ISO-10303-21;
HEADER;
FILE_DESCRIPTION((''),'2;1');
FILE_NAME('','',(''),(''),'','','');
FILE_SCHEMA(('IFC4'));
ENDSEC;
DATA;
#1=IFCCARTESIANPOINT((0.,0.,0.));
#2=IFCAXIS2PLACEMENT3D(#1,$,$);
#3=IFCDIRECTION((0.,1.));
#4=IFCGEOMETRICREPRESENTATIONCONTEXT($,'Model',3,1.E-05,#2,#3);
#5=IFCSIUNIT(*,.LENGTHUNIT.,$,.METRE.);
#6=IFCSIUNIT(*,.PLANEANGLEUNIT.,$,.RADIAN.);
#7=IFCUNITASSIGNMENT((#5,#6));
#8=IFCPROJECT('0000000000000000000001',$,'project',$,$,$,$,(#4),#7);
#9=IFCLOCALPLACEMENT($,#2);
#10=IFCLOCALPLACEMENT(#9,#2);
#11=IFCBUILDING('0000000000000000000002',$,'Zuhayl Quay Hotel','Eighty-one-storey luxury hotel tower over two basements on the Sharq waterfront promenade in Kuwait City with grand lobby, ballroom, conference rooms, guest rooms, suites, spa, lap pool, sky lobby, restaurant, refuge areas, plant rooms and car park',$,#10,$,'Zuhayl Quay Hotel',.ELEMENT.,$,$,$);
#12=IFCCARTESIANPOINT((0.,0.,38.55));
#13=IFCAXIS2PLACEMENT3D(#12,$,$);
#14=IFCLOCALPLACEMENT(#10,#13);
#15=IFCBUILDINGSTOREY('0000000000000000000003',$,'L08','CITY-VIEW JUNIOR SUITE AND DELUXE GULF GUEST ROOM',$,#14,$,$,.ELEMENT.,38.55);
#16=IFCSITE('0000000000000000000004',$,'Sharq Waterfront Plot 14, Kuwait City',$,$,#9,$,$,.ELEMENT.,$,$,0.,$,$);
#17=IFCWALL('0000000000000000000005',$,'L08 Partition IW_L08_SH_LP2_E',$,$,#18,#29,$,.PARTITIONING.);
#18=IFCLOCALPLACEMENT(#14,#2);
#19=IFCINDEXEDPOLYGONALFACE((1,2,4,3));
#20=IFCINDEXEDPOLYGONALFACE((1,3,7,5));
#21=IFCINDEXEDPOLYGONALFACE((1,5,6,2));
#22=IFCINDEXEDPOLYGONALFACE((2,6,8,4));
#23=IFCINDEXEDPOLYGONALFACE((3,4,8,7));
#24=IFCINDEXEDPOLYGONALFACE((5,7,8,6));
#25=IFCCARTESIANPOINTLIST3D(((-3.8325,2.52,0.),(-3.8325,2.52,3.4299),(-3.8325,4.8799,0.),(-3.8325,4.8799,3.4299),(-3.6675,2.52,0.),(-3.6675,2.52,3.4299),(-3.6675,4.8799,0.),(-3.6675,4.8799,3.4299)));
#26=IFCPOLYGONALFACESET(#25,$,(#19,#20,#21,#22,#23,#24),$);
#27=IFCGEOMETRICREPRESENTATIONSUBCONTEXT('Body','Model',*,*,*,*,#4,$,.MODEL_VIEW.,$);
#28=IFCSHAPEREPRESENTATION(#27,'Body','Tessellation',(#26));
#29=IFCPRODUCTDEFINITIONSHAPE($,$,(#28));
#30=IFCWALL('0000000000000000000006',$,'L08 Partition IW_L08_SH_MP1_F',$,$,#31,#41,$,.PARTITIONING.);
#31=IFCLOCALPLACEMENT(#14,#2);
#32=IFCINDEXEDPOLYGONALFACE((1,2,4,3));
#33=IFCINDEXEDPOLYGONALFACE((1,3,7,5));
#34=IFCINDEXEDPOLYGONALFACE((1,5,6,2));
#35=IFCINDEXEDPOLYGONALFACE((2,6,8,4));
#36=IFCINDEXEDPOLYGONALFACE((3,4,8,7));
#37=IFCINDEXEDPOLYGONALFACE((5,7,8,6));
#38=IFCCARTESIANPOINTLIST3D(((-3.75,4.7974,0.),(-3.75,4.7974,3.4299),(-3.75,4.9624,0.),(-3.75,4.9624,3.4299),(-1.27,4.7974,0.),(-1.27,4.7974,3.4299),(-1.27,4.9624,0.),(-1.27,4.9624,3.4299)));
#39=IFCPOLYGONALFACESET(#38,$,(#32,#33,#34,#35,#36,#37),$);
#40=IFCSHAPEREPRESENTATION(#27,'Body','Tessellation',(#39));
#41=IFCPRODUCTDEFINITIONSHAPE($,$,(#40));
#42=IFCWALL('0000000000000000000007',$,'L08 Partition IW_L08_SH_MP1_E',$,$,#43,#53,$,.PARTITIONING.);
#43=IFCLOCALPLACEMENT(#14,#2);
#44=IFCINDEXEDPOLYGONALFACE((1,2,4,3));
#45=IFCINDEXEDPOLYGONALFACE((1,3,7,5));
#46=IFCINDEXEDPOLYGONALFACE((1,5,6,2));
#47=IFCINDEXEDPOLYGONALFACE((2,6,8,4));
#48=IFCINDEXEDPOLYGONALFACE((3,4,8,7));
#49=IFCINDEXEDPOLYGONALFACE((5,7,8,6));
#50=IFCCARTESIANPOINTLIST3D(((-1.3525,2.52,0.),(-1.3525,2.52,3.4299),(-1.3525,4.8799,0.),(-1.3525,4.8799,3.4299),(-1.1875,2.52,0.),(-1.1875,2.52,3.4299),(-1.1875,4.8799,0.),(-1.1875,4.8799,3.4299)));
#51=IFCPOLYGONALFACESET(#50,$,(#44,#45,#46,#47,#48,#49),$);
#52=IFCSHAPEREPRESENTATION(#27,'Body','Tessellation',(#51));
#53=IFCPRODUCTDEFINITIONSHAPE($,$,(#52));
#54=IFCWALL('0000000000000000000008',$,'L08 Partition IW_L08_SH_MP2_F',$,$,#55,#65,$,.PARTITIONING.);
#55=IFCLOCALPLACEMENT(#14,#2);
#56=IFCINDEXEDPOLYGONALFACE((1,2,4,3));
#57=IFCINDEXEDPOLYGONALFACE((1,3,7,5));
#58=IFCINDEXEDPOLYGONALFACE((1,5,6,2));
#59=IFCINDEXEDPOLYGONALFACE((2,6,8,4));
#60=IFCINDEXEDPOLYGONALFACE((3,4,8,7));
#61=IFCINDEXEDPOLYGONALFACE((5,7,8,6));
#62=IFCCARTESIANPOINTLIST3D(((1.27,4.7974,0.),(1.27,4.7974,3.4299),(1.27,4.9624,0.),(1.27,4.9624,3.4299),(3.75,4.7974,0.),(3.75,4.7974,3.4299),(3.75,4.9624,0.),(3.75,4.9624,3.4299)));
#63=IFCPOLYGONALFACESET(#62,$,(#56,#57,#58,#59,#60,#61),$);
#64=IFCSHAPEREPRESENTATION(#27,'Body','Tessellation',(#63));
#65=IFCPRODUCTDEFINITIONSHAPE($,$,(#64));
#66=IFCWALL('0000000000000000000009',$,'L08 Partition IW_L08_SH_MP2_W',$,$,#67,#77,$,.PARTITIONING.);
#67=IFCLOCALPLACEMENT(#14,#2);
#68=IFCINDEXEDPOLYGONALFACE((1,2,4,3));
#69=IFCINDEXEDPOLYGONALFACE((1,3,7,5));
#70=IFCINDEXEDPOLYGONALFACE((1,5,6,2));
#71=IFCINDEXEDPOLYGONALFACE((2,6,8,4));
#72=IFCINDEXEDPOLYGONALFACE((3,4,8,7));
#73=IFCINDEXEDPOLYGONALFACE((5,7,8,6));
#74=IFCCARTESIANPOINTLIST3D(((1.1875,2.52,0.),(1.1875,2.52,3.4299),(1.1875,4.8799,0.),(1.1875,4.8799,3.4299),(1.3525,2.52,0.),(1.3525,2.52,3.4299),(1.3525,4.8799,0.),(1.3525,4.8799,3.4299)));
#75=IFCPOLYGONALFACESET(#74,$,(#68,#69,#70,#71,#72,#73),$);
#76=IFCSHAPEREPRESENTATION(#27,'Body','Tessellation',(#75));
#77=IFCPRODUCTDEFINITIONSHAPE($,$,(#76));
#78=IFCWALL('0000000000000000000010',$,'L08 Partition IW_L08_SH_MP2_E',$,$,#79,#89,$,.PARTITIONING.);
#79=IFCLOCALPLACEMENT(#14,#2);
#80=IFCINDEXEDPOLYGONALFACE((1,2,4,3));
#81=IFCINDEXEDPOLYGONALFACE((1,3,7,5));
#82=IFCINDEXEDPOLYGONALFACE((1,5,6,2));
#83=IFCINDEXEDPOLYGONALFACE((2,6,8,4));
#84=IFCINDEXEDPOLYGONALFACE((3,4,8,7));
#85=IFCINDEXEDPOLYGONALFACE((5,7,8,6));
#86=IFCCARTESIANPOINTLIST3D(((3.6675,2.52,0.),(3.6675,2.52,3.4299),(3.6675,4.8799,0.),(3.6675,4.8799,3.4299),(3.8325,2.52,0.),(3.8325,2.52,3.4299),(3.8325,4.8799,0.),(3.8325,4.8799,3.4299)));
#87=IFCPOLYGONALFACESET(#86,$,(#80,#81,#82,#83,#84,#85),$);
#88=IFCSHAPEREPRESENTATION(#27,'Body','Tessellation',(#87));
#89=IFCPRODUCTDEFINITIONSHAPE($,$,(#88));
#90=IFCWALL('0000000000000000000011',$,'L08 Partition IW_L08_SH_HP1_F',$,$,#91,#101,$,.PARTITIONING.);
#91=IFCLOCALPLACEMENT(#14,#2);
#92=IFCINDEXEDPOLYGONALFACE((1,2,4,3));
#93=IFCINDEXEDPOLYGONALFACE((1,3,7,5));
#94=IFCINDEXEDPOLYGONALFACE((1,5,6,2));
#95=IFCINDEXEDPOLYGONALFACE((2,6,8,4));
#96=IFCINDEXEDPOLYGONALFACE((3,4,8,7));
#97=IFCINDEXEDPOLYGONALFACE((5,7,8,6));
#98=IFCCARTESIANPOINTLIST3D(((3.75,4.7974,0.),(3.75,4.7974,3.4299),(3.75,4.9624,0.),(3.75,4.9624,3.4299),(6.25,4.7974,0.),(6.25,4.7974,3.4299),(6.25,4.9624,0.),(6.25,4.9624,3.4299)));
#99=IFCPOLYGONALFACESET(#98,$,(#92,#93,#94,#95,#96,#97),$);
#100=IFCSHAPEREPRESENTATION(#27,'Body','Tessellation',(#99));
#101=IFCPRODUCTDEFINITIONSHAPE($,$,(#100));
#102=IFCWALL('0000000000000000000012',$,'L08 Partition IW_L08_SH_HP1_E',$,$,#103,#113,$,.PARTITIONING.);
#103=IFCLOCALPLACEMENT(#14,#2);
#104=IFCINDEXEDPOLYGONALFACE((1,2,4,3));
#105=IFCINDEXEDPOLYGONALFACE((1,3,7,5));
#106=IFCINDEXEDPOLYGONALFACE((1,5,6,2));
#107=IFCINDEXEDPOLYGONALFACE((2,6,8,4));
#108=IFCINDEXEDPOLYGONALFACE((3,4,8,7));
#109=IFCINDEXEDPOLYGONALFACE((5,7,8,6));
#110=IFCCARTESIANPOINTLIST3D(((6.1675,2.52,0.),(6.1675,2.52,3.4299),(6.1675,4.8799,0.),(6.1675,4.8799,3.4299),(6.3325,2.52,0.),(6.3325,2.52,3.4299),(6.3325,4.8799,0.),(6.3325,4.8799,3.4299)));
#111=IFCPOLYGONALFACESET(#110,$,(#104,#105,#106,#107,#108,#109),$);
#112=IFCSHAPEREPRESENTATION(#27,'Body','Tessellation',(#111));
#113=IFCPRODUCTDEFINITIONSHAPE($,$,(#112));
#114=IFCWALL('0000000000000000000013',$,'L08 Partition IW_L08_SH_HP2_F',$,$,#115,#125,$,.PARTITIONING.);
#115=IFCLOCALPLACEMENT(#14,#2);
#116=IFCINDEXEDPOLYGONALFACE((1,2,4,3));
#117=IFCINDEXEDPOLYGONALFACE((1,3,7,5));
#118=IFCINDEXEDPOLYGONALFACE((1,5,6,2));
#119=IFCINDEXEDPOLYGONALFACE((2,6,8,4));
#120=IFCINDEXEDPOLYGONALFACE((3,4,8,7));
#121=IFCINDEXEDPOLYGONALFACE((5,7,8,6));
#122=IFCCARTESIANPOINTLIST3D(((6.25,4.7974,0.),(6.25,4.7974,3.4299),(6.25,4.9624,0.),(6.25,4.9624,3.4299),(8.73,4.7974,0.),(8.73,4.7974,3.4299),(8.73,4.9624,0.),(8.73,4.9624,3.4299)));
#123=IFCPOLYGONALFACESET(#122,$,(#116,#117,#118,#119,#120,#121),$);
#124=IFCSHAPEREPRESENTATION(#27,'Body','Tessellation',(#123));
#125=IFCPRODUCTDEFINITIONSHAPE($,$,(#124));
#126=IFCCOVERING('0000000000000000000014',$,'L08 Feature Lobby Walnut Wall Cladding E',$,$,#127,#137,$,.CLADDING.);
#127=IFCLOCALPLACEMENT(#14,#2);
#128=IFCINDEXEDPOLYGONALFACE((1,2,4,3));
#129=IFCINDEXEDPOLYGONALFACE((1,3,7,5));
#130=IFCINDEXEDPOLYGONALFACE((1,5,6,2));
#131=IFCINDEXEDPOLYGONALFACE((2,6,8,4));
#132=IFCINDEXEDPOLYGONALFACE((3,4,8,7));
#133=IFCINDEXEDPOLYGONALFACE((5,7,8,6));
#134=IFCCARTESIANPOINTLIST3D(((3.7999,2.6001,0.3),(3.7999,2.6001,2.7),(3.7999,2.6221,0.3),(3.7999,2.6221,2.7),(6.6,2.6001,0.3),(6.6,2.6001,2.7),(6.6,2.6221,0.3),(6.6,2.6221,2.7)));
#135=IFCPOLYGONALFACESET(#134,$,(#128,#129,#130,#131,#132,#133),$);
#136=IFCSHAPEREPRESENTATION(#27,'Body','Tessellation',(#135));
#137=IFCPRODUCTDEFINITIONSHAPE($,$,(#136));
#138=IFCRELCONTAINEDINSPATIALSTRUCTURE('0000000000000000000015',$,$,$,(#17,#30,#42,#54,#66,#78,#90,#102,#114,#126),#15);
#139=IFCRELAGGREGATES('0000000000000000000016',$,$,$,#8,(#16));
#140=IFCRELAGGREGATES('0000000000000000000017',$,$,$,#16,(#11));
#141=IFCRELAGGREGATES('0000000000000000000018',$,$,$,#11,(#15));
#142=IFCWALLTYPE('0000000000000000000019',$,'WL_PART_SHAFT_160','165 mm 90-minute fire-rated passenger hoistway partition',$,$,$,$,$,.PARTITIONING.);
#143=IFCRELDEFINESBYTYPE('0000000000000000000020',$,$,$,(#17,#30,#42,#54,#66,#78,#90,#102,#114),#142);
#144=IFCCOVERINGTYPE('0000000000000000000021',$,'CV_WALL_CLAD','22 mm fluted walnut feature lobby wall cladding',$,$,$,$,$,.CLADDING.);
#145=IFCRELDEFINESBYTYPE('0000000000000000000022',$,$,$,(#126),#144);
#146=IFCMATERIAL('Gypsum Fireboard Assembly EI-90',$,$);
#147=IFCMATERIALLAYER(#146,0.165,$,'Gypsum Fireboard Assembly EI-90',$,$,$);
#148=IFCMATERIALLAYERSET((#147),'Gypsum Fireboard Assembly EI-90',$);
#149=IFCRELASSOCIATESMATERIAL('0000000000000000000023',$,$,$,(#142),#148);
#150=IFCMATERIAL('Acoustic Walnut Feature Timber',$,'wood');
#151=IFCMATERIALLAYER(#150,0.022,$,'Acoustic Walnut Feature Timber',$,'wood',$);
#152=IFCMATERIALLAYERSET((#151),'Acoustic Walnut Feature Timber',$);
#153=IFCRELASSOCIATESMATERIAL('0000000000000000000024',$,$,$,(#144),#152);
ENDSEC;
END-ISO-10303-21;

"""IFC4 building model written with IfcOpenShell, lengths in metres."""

from ifc_helpers import new_model, si_unit, direction, frame, frame_2d, origin, origin_2d, place, context, subcontext, project, spatial, rectangle, extrude, material, layer, layer_set, type_object, element, save


model = new_model("IFC4")

# Units and contexts
model_context = context("Model", 3, precision=1e-05, world=origin(), true_north=direction((0.0, 1.0)))
body_context = subcontext(model_context, "Body", "Model", "MODEL_VIEW")
ifc_project = project(units=[si_unit("LENGTHUNIT", "METRE"), si_unit("PLANEANGLEUNIT", "RADIAN")], contexts=[model_context])

# Site, building, storey
site_placement = place(None, origin())
site = spatial("IfcSite", under=ifc_project, at=site_placement, Name="Sharq Waterfront Plot 14, Kuwait City", CompositionType="ELEMENT", RefElevation=0.0)
building_placement = place(site_placement, origin())
building = spatial("IfcBuilding", under=site, at=building_placement, Name="Zuhayl Quay Hotel", Description="Eighty-one-storey luxury hotel tower over two basements on the Sharq waterfront promenade in Kuwait City with grand lobby, ballroom, conference rooms, guest rooms, suites, spa, lap pool, sky lobby, restaurant, refuge areas, plant rooms and car park", LongName="Zuhayl Quay Hotel", CompositionType="ELEMENT")
storey_placement = place(building_placement, frame((0.0, 0.0, 38.55)))
storey = spatial("IfcBuildingStorey", under=building, at=storey_placement, Name="L08", Description="CITY-VIEW JUNIOR SUITE AND DELUXE GULF GUEST ROOM", CompositionType="ELEMENT", Elevation=38.55)

# Walls
ifc_material_1 = material(Name="Gypsum Fireboard Assembly EI-90")
ifc_layer_1 = layer(ifc_material_1, 0.165, Name="Gypsum Fireboard Assembly EI-90")
ifc_layer_set_1 = layer_set([ifc_layer_1], Name="Gypsum Fireboard Assembly EI-90")
wall_type_1 = type_object("IfcWallType", Name="WL_PART_SHAFT_160", Description="165 mm 90-minute fire-rated passenger hoistway partition", PredefinedType="PARTITIONING", material=ifc_layer_set_1)
wall_1_placement = place(storey_placement, frame((-3.75, 2.52, 0.0), z_axis=(0.0, 0.0, 1.0), x_axis=(0.0, 1.0, 0.0)))
element("IfcWall", 1, at=wall_1_placement, inside=storey, type_object=wall_type_1, Name="L08 Partition IW_L08_SH_LP2_E", PredefinedType="PARTITIONING", context=body_context, shape_type="SweptSolid", body=[
    extrude(rectangle(XDim=2.3599, YDim=0.165, at=frame_2d((1.1799, 0.0))), origin(), (0.0, 0.0, 1.0), 3.4299),
])
wall_2_placement = place(storey_placement, frame((-3.75, 4.8799, 0.0), z_axis=(0.0, 0.0, 1.0), x_axis=(1.0, 0.0, 0.0)))
element("IfcWall", 2, at=wall_2_placement, inside=storey, type_object=wall_type_1, Name="L08 Partition IW_L08_SH_MP1_F", PredefinedType="PARTITIONING", context=body_context, shape_type="SweptSolid", body=[
    extrude(rectangle(XDim=2.48, YDim=0.165, at=frame_2d((1.24, 0.0))), origin(), (0.0, 0.0, 1.0), 3.4299),
])
wall_3_placement = place(storey_placement, frame((-1.27, 2.52, 0.0), z_axis=(0.0, 0.0, 1.0), x_axis=(0.0, 1.0, 0.0)))
element("IfcWall", 3, at=wall_3_placement, inside=storey, type_object=wall_type_1, Name="L08 Partition IW_L08_SH_MP1_E", PredefinedType="PARTITIONING", context=body_context, shape_type="SweptSolid", body=[
    extrude(rectangle(XDim=2.3599, YDim=0.165, at=frame_2d((1.1799, 0.0))), origin(), (0.0, 0.0, 1.0), 3.4299),
])
wall_4_placement = place(storey_placement, frame((1.27, 4.8799, 0.0), z_axis=(0.0, 0.0, 1.0), x_axis=(1.0, 0.0, 0.0)))
element("IfcWall", 4, at=wall_4_placement, inside=storey, type_object=wall_type_1, Name="L08 Partition IW_L08_SH_MP2_F", PredefinedType="PARTITIONING", context=body_context, shape_type="SweptSolid", body=[
    extrude(rectangle(XDim=2.48, YDim=0.165, at=frame_2d((1.24, 0.0))), origin(), (0.0, 0.0, 1.0), 3.4299),
])
for number, where, z_axis, x_axis, name in (
    (5, (1.27, 2.52, 0.0), (0.0, 0.0, 1.0), (0.0, 1.0, 0.0), "L08 Partition IW_L08_SH_MP2_W"),
    (6, (3.75, 2.52, 0.0), (0.0, 0.0, 1.0), (0.0, 1.0, 0.0), "L08 Partition IW_L08_SH_MP2_E"),
):
    element("IfcWall", number, at=place(storey_placement, frame(where, z_axis=z_axis, x_axis=x_axis)), inside=storey, type_object=wall_type_1, Name=name, PredefinedType="PARTITIONING", context=body_context, shape_type="SweptSolid", body=[
        extrude(rectangle(XDim=2.3599, YDim=0.165, at=frame_2d((1.1799, 0.0))), origin(), (0.0, 0.0, 1.0), 3.4299),
    ])
wall_5_placement = place(storey_placement, frame((3.75, 4.8799, 0.0), z_axis=(0.0, 0.0, 1.0), x_axis=(1.0, 0.0, 0.0)))
element("IfcWall", 7, at=wall_5_placement, inside=storey, type_object=wall_type_1, Name="L08 Partition IW_L08_SH_HP1_F", PredefinedType="PARTITIONING", context=body_context, shape_type="SweptSolid", body=[
    extrude(rectangle(XDim=2.5, YDim=0.165, at=frame_2d((1.25, 0.0))), origin(), (0.0, 0.0, 1.0), 3.4299),
])
wall_6_placement = place(storey_placement, frame((6.25, 2.52, 0.0), z_axis=(0.0, 0.0, 1.0), x_axis=(0.0, 1.0, 0.0)))
element("IfcWall", 8, at=wall_6_placement, inside=storey, type_object=wall_type_1, Name="L08 Partition IW_L08_SH_HP1_E", PredefinedType="PARTITIONING", context=body_context, shape_type="SweptSolid", body=[
    extrude(rectangle(XDim=2.3599, YDim=0.165, at=frame_2d((1.1799, 0.0))), origin(), (0.0, 0.0, 1.0), 3.4299),
])
wall_7_placement = place(storey_placement, frame((6.25, 4.8799, 0.0), z_axis=(0.0, 0.0, 1.0), x_axis=(1.0, 0.0, 0.0)))
element("IfcWall", 9, at=wall_7_placement, inside=storey, type_object=wall_type_1, Name="L08 Partition IW_L08_SH_HP2_F", PredefinedType="PARTITIONING", context=body_context, shape_type="SweptSolid", body=[
    extrude(rectangle(XDim=2.48, YDim=0.165, at=frame_2d((1.24, 0.0))), origin(), (0.0, 0.0, 1.0), 3.4299),
])

# Covering
ifc_material_2 = material(Name="Acoustic Walnut Feature Timber", Category="wood")
ifc_layer_2 = layer(ifc_material_2, 0.022, Name="Acoustic Walnut Feature Timber", Category="wood")
ifc_layer_set_2 = layer_set([ifc_layer_2], Name="Acoustic Walnut Feature Timber")
covering_type = type_object("IfcCoveringType", Name="CV_WALL_CLAD", Description="22 mm fluted walnut feature lobby wall cladding", PredefinedType="CLADDING", material=ifc_layer_set_2)
covering_placement = place(storey_placement, frame((5.2, 2.6111, 0.3), z_axis=(0.0, 0.0, 1.0), x_axis=(1.0, 0.0, 0.0)))
element("IfcCovering", 10, at=covering_placement, inside=storey, type_object=covering_type, Name="L08 Feature Lobby Walnut Wall Cladding E", PredefinedType="CLADDING", context=body_context, shape_type="SweptSolid", body=[
    extrude(rectangle(XDim=2.8, YDim=0.022, at=origin_2d()), origin(), (0.0, 0.0, 1.0), 2.3999),
])

save(model, "model.ifc")
